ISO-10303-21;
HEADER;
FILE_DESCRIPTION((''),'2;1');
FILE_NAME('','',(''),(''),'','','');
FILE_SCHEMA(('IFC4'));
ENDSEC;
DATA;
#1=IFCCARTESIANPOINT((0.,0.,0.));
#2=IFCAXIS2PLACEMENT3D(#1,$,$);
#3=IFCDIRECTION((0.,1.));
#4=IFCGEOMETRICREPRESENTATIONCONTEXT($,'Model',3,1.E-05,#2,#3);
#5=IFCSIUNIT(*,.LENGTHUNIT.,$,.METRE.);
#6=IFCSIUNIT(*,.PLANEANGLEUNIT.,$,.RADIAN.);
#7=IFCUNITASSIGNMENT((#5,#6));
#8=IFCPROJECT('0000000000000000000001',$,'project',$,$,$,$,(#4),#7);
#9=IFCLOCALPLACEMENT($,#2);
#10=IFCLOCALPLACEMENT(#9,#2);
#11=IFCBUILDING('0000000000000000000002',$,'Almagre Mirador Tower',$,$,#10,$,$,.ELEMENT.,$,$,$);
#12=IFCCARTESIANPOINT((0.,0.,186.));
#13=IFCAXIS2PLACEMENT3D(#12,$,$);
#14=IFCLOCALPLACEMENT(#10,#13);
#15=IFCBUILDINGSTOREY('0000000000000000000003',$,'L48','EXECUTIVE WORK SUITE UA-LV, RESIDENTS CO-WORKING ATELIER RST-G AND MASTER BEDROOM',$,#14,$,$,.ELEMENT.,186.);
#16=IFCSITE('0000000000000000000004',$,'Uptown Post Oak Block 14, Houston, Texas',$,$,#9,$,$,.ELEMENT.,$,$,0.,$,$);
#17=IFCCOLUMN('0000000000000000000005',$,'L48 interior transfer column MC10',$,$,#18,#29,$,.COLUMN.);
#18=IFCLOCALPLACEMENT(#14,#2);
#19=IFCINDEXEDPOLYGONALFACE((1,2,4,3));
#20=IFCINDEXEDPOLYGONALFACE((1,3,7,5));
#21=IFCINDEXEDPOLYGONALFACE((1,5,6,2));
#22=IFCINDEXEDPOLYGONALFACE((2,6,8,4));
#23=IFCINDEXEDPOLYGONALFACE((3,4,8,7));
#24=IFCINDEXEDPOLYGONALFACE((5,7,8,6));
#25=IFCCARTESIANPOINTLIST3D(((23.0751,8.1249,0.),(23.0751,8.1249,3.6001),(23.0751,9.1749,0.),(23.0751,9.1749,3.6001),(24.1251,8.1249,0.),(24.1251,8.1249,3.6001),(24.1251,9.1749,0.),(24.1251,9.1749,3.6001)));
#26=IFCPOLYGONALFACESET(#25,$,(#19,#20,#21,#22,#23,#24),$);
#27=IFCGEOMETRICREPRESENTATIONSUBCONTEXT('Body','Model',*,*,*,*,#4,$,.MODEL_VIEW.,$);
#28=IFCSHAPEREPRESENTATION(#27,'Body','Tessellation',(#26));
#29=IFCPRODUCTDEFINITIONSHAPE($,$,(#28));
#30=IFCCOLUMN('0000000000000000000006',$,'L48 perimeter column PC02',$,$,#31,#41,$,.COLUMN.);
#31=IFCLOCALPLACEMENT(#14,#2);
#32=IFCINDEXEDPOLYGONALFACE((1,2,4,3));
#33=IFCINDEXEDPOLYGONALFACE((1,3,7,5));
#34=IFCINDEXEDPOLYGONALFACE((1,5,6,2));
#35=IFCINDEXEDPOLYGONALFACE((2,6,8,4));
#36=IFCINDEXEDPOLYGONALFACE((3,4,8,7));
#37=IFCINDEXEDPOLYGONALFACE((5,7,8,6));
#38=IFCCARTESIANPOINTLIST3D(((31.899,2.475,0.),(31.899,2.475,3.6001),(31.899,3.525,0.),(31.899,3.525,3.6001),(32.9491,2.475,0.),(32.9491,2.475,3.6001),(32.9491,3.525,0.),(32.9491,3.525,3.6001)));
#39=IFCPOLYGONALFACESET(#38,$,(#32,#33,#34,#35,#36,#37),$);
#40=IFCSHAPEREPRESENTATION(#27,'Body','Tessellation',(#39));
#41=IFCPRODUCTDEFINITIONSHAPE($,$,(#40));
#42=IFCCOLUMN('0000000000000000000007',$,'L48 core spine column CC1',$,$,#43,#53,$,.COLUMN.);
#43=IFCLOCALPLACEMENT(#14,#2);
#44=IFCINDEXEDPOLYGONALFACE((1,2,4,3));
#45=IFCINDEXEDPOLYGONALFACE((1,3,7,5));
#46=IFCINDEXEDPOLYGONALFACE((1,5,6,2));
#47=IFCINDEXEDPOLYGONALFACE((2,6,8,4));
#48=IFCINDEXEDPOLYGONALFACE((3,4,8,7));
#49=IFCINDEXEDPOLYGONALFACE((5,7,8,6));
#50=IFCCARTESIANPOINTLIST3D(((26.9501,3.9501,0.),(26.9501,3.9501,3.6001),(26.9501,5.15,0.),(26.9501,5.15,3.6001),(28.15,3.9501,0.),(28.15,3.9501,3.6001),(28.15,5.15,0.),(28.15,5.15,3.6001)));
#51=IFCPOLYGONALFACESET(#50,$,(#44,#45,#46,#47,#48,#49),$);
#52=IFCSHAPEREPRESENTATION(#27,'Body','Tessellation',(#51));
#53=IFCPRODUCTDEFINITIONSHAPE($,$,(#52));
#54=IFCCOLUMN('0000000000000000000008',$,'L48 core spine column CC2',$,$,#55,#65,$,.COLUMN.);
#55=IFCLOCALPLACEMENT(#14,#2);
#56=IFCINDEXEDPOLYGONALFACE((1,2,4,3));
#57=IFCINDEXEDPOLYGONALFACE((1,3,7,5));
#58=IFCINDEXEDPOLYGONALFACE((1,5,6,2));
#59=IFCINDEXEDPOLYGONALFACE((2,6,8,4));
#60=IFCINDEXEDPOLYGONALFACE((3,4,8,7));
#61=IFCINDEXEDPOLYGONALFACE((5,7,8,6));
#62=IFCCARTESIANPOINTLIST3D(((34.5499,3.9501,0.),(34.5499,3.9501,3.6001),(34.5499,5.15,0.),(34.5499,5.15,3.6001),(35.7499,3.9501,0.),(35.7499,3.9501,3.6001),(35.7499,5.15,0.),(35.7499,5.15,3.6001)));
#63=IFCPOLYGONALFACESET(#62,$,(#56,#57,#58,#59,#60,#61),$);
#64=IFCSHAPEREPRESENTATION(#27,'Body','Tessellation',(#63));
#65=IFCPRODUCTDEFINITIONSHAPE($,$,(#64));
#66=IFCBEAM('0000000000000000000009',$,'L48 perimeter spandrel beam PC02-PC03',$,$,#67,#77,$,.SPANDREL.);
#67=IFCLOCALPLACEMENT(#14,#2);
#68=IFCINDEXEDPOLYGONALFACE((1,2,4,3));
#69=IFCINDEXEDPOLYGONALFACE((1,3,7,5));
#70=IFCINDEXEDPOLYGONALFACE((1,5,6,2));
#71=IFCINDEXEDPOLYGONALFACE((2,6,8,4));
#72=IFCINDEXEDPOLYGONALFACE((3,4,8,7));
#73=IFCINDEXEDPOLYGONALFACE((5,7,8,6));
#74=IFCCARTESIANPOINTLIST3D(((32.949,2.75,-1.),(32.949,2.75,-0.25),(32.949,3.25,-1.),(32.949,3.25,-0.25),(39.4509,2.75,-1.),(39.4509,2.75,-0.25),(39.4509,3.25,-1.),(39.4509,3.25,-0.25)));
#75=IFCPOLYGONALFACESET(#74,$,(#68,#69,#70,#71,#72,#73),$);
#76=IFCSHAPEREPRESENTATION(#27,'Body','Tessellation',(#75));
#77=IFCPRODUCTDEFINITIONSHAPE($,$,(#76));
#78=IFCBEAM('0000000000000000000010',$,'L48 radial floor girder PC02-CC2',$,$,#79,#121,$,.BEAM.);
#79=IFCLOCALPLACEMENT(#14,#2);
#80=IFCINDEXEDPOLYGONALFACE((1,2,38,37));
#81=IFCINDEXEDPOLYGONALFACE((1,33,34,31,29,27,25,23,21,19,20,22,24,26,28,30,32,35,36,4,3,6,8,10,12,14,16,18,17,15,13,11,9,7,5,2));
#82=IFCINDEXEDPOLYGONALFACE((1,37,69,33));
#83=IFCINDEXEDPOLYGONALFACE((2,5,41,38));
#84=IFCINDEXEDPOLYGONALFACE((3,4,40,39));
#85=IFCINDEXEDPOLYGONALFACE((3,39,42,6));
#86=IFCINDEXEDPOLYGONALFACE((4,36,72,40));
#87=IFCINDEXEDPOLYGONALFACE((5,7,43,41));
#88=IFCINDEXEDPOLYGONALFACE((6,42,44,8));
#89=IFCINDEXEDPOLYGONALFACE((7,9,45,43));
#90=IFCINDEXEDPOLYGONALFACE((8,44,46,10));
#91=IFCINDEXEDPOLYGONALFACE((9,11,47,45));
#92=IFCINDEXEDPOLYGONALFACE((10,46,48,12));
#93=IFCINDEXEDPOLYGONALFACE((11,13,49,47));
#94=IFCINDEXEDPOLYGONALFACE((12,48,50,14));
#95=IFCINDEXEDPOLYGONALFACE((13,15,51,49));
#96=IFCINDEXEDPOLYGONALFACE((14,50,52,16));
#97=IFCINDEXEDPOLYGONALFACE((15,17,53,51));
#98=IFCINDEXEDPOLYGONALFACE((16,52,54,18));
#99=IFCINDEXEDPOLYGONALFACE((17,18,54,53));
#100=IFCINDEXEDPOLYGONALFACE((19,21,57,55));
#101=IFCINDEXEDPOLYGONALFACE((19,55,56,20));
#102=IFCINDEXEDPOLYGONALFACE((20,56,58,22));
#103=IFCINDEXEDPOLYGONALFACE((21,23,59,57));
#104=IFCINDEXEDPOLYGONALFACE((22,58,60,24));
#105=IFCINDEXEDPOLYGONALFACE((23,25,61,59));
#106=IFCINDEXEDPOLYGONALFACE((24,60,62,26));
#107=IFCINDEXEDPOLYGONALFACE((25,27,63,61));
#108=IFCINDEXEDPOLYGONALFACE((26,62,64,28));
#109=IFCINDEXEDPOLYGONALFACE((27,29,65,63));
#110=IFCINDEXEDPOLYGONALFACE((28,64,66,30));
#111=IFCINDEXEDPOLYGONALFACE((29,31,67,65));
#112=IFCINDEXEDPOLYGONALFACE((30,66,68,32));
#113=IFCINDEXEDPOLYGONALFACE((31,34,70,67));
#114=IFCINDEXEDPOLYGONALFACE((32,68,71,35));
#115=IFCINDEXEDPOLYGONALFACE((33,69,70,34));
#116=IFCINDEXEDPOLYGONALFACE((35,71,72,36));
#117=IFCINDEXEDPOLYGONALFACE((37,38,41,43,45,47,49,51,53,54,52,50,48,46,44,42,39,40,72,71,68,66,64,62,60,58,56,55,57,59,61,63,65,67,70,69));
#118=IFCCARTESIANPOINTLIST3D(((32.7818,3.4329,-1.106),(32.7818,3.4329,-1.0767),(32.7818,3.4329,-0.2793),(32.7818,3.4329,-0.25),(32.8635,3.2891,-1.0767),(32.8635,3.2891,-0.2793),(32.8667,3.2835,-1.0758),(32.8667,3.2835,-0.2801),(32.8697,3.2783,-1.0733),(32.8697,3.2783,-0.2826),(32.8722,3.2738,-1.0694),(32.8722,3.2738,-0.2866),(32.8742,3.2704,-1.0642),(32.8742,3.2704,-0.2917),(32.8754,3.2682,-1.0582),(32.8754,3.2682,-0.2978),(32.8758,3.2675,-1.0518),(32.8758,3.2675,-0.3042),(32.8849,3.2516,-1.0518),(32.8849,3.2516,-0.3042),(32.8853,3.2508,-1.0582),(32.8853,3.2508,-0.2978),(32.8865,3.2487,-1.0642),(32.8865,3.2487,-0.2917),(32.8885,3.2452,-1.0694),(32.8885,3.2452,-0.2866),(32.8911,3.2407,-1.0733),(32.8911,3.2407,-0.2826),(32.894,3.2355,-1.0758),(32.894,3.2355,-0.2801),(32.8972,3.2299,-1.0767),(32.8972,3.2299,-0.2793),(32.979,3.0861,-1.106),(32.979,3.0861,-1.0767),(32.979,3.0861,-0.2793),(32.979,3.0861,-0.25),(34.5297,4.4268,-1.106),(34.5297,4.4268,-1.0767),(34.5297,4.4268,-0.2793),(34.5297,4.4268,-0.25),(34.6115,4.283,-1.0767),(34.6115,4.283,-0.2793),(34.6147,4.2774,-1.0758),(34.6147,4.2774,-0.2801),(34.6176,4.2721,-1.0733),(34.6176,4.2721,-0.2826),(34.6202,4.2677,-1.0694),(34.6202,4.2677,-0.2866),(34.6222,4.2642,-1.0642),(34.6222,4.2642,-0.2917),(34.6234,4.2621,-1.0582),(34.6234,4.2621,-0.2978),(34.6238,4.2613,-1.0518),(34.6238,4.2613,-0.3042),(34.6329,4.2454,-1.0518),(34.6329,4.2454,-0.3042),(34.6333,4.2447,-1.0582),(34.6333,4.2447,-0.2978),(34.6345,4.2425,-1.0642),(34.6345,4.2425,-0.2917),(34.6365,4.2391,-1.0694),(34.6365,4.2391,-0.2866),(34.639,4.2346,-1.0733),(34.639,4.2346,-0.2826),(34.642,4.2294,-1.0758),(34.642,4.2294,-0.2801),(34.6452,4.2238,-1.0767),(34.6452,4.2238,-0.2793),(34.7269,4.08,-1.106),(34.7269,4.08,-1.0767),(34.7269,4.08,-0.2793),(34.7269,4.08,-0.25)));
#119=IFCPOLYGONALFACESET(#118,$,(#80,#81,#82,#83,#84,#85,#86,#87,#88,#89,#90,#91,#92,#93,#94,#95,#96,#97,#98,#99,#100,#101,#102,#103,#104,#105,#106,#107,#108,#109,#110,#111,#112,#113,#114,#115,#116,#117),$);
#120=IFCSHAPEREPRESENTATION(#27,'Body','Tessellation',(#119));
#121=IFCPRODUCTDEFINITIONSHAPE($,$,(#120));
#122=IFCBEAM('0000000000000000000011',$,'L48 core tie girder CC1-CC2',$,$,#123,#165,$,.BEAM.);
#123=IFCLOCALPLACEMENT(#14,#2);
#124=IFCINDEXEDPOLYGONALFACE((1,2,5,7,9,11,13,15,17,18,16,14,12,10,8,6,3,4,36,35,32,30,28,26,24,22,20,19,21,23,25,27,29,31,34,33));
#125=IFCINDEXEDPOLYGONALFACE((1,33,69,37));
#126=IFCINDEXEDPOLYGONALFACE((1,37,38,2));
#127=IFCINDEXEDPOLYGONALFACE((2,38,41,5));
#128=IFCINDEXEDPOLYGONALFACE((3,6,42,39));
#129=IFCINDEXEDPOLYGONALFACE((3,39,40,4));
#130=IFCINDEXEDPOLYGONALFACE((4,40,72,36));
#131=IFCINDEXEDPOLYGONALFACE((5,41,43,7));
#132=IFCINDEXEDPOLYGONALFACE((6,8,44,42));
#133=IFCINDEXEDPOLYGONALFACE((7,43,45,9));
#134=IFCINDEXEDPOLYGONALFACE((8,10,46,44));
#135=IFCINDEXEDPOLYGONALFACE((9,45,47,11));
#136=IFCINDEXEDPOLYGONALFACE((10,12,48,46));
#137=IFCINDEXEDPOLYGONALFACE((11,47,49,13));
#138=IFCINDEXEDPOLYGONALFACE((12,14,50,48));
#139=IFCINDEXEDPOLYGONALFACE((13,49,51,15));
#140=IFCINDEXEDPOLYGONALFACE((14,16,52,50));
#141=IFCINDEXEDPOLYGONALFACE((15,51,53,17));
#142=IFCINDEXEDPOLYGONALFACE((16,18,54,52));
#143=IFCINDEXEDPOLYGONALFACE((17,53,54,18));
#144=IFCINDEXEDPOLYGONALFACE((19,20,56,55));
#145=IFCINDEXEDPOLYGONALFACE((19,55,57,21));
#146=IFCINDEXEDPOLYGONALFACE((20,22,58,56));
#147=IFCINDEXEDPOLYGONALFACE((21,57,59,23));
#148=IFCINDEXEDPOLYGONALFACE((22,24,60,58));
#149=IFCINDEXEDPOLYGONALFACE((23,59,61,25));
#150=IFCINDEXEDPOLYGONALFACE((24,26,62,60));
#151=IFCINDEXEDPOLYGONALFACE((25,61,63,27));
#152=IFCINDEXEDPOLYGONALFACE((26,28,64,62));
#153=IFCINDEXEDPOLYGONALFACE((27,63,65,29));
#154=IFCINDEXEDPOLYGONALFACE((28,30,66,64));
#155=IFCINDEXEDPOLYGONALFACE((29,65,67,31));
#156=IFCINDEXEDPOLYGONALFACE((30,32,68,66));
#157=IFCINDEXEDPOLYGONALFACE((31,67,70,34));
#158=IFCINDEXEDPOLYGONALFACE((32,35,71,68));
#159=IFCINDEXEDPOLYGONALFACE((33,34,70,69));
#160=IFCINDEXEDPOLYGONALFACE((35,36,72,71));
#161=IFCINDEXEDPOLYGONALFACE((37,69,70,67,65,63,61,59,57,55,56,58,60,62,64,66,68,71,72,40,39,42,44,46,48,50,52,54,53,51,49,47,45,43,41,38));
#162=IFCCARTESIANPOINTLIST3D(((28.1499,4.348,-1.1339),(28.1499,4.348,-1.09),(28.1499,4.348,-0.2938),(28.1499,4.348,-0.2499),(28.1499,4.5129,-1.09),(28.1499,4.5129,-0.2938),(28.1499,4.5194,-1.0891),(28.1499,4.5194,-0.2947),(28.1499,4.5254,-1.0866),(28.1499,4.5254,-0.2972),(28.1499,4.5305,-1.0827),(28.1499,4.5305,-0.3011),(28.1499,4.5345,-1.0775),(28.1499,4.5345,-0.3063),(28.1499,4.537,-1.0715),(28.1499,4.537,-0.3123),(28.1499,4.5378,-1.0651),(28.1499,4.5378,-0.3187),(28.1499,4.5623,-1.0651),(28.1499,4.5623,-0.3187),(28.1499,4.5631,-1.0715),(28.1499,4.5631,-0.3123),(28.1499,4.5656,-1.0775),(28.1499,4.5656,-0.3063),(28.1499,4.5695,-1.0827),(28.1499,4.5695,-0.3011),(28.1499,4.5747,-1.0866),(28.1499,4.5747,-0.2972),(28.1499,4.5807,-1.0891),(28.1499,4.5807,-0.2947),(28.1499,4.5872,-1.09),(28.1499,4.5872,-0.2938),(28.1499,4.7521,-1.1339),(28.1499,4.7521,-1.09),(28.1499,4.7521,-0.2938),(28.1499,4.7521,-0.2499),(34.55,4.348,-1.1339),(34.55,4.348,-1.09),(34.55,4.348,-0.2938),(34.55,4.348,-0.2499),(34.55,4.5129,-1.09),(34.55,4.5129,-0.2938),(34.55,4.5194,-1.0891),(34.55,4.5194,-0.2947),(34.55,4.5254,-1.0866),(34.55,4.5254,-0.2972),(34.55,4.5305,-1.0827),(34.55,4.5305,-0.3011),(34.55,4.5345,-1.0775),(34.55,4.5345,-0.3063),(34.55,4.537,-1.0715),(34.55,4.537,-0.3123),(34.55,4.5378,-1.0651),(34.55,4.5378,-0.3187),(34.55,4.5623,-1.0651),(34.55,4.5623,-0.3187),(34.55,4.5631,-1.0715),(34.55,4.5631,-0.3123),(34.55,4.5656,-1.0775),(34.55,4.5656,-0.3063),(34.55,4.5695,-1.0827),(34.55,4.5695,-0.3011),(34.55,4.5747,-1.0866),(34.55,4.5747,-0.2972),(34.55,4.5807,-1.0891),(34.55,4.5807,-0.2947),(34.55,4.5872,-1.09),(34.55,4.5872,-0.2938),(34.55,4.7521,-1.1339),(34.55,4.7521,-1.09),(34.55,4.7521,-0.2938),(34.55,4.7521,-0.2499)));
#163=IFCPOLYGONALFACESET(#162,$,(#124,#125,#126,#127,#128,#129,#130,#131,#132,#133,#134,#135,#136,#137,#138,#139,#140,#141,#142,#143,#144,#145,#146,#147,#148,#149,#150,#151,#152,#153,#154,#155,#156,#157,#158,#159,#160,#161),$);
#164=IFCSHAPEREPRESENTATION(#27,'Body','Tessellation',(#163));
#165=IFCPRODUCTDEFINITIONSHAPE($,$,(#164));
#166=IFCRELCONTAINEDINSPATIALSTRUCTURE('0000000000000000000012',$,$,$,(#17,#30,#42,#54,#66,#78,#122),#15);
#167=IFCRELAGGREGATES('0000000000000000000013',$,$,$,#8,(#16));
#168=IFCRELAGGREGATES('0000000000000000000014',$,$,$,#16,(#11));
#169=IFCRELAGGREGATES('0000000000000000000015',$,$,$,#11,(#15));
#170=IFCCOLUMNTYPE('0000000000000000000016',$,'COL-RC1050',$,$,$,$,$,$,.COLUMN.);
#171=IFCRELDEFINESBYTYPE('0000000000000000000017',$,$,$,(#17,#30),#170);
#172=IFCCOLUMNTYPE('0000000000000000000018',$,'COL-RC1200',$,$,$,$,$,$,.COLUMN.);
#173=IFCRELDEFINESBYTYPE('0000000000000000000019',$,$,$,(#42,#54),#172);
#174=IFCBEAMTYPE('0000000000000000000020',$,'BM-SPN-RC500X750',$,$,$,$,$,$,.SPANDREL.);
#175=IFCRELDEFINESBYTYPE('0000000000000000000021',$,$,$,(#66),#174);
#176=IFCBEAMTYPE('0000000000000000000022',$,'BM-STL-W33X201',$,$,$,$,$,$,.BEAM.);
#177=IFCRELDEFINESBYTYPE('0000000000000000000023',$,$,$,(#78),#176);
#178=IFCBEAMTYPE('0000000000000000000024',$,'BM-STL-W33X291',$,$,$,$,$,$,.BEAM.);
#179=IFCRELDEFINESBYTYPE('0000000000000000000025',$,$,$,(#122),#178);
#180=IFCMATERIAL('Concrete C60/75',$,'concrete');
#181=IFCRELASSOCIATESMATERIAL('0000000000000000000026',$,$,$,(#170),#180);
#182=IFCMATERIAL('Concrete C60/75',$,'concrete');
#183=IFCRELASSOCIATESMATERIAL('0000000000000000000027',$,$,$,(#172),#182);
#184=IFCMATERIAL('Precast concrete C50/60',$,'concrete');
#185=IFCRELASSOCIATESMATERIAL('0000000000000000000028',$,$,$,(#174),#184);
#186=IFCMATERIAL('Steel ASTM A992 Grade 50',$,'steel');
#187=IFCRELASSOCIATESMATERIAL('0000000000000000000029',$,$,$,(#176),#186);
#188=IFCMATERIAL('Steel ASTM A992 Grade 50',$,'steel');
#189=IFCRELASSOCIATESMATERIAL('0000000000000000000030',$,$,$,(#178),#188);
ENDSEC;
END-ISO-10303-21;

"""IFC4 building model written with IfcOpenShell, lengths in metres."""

from ifc_helpers import new_model, si_unit, direction, frame, origin, origin_2d, place, context, subcontext, project, spatial, rectangle, i_section, extrude, material, material_profile, profile_set, type_object, element, save


model = new_model("IFC4")

# Units and contexts
model_context = context("Model", 3, precision=1e-05, world=origin(), true_north=direction((0.0, 1.0)))
body_context = subcontext(model_context, "Body", "Model", "MODEL_VIEW")
ifc_project = project(units=[si_unit("LENGTHUNIT", "METRE"), si_unit("PLANEANGLEUNIT", "RADIAN")], contexts=[model_context])

# Site, building, storey
site_placement = place(None, origin())
site = spatial("IfcSite", under=ifc_project, at=site_placement, Name="Uptown Post Oak Block 14, Houston, Texas", CompositionType="ELEMENT", RefElevation=0.0)
building_placement = place(site_placement, origin())
building = spatial("IfcBuilding", under=site, at=building_placement, Name="Almagre Mirador Tower", CompositionType="ELEMENT")
storey_placement = place(building_placement, frame((0.0, 0.0, 186.0)))
storey = spatial("IfcBuildingStorey", under=building, at=storey_placement, Name="L48", Description="EXECUTIVE WORK SUITE UA-LV, RESIDENTS CO-WORKING ATELIER RST-G AND MASTER BEDROOM", CompositionType="ELEMENT", Elevation=186.0)

# Columns
ifc_material_1 = material(Name="Concrete C60/75", Category="concrete")
ifc_material_profile_1 = material_profile(ifc_material_1, rectangle(XDim=1.05, YDim=1.05, at=origin_2d()), Name="RC1050X1050")
ifc_profile_set_1 = profile_set([ifc_material_profile_1], Name="Concrete C60/75")
column_type_1 = type_object("IfcColumnType", Name="COL-RC1050", PredefinedType="COLUMN", material=ifc_profile_set_1)
for number, where, z_axis, x_axis, name in (
    (1, (23.6001, 8.6499, 0.0), (0.0, 0.0, 1.0), (1.0, 0.0, 0.0), "L48 interior transfer column MC10"),
    (2, (32.4241, 3.0, 0.0), (0.0, 0.0, 1.0), (1.0, 0.0, 0.0), "L48 perimeter column PC02"),
):
    element("IfcColumn", number, at=place(storey_placement, frame(where, z_axis=z_axis, x_axis=x_axis)), inside=storey, type_object=column_type_1, Name=name, PredefinedType="COLUMN", context=body_context, shape_type="SweptSolid", body=[
        extrude(rectangle(XDim=1.05, YDim=1.05, at=origin_2d()), origin(), (0.0, 0.0, 1.0), 3.6001),
    ])
ifc_material_2 = material(Name="Concrete C60/75", Category="concrete")
ifc_material_profile_2 = material_profile(ifc_material_2, rectangle(XDim=1.2, YDim=1.2, at=origin_2d()), Name="RC1200X1200")
ifc_profile_set_2 = profile_set([ifc_material_profile_2], Name="Concrete C60/75")
column_type_2 = type_object("IfcColumnType", Name="COL-RC1200", PredefinedType="COLUMN", material=ifc_profile_set_2)
for number, where, z_axis, x_axis, name in (
    (3, (27.55, 4.55, 0.0), (0.0, 0.0, 1.0), (1.0, 0.0, 0.0), "L48 core spine column CC1"),
    (4, (35.1499, 4.55, 0.0), (0.0, 0.0, 1.0), (1.0, 0.0, 0.0), "L48 core spine column CC2"),
):
    element("IfcColumn", number, at=place(storey_placement, frame(where, z_axis=z_axis, x_axis=x_axis)), inside=storey, type_object=column_type_2, Name=name, PredefinedType="COLUMN", context=body_context, shape_type="SweptSolid", body=[
        extrude(rectangle(XDim=1.2, YDim=1.2, at=origin_2d()), origin(), (0.0, 0.0, 1.0), 3.6001),
    ])

# Beams
ifc_material_3 = material(Name="Precast concrete C50/60", Category="concrete")
ifc_material_profile_3 = material_profile(ifc_material_3, rectangle(XDim=0.5, YDim=0.75, at=origin_2d()), Name="RC500X750")
ifc_profile_set_3 = profile_set([ifc_material_profile_3], Name="Precast concrete C50/60")
beam_type_1 = type_object("IfcBeamType", Name="BM-SPN-RC500X750", PredefinedType="SPANDREL", material=ifc_profile_set_3)
beam_1_placement = place(storey_placement, frame((32.949, 3.0, -0.625), z_axis=(1.0, 0.0, 0.0), x_axis=(0.0, 1.0, 0.0)))
element("IfcBeam", 5, at=beam_1_placement, inside=storey, type_object=beam_type_1, Name="L48 perimeter spandrel beam PC02-PC03", PredefinedType="SPANDREL", context=body_context, shape_type="SweptSolid", body=[
    extrude(rectangle(XDim=0.5, YDim=0.75, at=origin_2d()), origin(), (0.0, 0.0, 1.0), 6.502),
])
ifc_material_4 = material(Name="Steel ASTM A992 Grade 50", Category="steel")
ifc_material_profile_4 = material_profile(ifc_material_4, i_section(OverallWidth=0.3989, OverallDepth=0.856, WebThickness=0.0183, FlangeThickness=0.0293, FilletRadius=0.0249, at=origin_2d()), Name="W33X201")
ifc_profile_set_4 = profile_set([ifc_material_profile_4], Name="Steel ASTM A992 Grade 50")
beam_type_2 = type_object("IfcBeamType", Name="BM-STL-W33X201", PredefinedType="BEAM", material=ifc_profile_set_4)
beam_2_placement = place(storey_placement, frame((32.8804, 3.2595, -0.678), z_axis=(0.86931, 0.494268, 0.0), x_axis=(-0.494268, 0.86931, 0.0)))
element("IfcBeam", 6, at=beam_2_placement, inside=storey, type_object=beam_type_2, Name="L48 radial floor girder PC02-CC2", PredefinedType="BEAM", context=body_context, shape_type="SweptSolid", body=[
    extrude(i_section(OverallWidth=0.3989, OverallDepth=0.856, WebThickness=0.0183, FlangeThickness=0.0293, FilletRadius=0.0249, at=origin_2d()), origin(), (0.0, 0.0, 1.0), 2.0107),
])
ifc_material_5 = material(Name="Steel ASTM A992 Grade 50", Category="steel")
ifc_material_profile_5 = material_profile(ifc_material_5, i_section(OverallWidth=0.4041, OverallDepth=0.884, WebThickness=0.0244, FlangeThickness=0.0439, FilletRadius=0.0249, at=origin_2d()), Name="W33X291")
ifc_profile_set_5 = profile_set([ifc_material_profile_5], Name="Steel ASTM A992 Grade 50")
beam_type_3 = type_object("IfcBeamType", Name="BM-STL-W33X291", PredefinedType="BEAM", material=ifc_profile_set_5)
beam_3_placement = place(storey_placement, frame((28.1499, 4.55, -0.6919), z_axis=(1.0, 0.0, 0.0), x_axis=(0.0, 1.0, 0.0)))
element("IfcBeam", 7, at=beam_3_placement, inside=storey, type_object=beam_type_3, Name="L48 core tie girder CC1-CC2", PredefinedType="BEAM", context=body_context, shape_type="SweptSolid", body=[
    extrude(i_section(OverallWidth=0.4041, OverallDepth=0.884, WebThickness=0.0244, FlangeThickness=0.0439, FilletRadius=0.0249, at=origin_2d()), origin(), (0.0, 0.0, 1.0), 6.4001),
])

save(model, "model.ifc")
